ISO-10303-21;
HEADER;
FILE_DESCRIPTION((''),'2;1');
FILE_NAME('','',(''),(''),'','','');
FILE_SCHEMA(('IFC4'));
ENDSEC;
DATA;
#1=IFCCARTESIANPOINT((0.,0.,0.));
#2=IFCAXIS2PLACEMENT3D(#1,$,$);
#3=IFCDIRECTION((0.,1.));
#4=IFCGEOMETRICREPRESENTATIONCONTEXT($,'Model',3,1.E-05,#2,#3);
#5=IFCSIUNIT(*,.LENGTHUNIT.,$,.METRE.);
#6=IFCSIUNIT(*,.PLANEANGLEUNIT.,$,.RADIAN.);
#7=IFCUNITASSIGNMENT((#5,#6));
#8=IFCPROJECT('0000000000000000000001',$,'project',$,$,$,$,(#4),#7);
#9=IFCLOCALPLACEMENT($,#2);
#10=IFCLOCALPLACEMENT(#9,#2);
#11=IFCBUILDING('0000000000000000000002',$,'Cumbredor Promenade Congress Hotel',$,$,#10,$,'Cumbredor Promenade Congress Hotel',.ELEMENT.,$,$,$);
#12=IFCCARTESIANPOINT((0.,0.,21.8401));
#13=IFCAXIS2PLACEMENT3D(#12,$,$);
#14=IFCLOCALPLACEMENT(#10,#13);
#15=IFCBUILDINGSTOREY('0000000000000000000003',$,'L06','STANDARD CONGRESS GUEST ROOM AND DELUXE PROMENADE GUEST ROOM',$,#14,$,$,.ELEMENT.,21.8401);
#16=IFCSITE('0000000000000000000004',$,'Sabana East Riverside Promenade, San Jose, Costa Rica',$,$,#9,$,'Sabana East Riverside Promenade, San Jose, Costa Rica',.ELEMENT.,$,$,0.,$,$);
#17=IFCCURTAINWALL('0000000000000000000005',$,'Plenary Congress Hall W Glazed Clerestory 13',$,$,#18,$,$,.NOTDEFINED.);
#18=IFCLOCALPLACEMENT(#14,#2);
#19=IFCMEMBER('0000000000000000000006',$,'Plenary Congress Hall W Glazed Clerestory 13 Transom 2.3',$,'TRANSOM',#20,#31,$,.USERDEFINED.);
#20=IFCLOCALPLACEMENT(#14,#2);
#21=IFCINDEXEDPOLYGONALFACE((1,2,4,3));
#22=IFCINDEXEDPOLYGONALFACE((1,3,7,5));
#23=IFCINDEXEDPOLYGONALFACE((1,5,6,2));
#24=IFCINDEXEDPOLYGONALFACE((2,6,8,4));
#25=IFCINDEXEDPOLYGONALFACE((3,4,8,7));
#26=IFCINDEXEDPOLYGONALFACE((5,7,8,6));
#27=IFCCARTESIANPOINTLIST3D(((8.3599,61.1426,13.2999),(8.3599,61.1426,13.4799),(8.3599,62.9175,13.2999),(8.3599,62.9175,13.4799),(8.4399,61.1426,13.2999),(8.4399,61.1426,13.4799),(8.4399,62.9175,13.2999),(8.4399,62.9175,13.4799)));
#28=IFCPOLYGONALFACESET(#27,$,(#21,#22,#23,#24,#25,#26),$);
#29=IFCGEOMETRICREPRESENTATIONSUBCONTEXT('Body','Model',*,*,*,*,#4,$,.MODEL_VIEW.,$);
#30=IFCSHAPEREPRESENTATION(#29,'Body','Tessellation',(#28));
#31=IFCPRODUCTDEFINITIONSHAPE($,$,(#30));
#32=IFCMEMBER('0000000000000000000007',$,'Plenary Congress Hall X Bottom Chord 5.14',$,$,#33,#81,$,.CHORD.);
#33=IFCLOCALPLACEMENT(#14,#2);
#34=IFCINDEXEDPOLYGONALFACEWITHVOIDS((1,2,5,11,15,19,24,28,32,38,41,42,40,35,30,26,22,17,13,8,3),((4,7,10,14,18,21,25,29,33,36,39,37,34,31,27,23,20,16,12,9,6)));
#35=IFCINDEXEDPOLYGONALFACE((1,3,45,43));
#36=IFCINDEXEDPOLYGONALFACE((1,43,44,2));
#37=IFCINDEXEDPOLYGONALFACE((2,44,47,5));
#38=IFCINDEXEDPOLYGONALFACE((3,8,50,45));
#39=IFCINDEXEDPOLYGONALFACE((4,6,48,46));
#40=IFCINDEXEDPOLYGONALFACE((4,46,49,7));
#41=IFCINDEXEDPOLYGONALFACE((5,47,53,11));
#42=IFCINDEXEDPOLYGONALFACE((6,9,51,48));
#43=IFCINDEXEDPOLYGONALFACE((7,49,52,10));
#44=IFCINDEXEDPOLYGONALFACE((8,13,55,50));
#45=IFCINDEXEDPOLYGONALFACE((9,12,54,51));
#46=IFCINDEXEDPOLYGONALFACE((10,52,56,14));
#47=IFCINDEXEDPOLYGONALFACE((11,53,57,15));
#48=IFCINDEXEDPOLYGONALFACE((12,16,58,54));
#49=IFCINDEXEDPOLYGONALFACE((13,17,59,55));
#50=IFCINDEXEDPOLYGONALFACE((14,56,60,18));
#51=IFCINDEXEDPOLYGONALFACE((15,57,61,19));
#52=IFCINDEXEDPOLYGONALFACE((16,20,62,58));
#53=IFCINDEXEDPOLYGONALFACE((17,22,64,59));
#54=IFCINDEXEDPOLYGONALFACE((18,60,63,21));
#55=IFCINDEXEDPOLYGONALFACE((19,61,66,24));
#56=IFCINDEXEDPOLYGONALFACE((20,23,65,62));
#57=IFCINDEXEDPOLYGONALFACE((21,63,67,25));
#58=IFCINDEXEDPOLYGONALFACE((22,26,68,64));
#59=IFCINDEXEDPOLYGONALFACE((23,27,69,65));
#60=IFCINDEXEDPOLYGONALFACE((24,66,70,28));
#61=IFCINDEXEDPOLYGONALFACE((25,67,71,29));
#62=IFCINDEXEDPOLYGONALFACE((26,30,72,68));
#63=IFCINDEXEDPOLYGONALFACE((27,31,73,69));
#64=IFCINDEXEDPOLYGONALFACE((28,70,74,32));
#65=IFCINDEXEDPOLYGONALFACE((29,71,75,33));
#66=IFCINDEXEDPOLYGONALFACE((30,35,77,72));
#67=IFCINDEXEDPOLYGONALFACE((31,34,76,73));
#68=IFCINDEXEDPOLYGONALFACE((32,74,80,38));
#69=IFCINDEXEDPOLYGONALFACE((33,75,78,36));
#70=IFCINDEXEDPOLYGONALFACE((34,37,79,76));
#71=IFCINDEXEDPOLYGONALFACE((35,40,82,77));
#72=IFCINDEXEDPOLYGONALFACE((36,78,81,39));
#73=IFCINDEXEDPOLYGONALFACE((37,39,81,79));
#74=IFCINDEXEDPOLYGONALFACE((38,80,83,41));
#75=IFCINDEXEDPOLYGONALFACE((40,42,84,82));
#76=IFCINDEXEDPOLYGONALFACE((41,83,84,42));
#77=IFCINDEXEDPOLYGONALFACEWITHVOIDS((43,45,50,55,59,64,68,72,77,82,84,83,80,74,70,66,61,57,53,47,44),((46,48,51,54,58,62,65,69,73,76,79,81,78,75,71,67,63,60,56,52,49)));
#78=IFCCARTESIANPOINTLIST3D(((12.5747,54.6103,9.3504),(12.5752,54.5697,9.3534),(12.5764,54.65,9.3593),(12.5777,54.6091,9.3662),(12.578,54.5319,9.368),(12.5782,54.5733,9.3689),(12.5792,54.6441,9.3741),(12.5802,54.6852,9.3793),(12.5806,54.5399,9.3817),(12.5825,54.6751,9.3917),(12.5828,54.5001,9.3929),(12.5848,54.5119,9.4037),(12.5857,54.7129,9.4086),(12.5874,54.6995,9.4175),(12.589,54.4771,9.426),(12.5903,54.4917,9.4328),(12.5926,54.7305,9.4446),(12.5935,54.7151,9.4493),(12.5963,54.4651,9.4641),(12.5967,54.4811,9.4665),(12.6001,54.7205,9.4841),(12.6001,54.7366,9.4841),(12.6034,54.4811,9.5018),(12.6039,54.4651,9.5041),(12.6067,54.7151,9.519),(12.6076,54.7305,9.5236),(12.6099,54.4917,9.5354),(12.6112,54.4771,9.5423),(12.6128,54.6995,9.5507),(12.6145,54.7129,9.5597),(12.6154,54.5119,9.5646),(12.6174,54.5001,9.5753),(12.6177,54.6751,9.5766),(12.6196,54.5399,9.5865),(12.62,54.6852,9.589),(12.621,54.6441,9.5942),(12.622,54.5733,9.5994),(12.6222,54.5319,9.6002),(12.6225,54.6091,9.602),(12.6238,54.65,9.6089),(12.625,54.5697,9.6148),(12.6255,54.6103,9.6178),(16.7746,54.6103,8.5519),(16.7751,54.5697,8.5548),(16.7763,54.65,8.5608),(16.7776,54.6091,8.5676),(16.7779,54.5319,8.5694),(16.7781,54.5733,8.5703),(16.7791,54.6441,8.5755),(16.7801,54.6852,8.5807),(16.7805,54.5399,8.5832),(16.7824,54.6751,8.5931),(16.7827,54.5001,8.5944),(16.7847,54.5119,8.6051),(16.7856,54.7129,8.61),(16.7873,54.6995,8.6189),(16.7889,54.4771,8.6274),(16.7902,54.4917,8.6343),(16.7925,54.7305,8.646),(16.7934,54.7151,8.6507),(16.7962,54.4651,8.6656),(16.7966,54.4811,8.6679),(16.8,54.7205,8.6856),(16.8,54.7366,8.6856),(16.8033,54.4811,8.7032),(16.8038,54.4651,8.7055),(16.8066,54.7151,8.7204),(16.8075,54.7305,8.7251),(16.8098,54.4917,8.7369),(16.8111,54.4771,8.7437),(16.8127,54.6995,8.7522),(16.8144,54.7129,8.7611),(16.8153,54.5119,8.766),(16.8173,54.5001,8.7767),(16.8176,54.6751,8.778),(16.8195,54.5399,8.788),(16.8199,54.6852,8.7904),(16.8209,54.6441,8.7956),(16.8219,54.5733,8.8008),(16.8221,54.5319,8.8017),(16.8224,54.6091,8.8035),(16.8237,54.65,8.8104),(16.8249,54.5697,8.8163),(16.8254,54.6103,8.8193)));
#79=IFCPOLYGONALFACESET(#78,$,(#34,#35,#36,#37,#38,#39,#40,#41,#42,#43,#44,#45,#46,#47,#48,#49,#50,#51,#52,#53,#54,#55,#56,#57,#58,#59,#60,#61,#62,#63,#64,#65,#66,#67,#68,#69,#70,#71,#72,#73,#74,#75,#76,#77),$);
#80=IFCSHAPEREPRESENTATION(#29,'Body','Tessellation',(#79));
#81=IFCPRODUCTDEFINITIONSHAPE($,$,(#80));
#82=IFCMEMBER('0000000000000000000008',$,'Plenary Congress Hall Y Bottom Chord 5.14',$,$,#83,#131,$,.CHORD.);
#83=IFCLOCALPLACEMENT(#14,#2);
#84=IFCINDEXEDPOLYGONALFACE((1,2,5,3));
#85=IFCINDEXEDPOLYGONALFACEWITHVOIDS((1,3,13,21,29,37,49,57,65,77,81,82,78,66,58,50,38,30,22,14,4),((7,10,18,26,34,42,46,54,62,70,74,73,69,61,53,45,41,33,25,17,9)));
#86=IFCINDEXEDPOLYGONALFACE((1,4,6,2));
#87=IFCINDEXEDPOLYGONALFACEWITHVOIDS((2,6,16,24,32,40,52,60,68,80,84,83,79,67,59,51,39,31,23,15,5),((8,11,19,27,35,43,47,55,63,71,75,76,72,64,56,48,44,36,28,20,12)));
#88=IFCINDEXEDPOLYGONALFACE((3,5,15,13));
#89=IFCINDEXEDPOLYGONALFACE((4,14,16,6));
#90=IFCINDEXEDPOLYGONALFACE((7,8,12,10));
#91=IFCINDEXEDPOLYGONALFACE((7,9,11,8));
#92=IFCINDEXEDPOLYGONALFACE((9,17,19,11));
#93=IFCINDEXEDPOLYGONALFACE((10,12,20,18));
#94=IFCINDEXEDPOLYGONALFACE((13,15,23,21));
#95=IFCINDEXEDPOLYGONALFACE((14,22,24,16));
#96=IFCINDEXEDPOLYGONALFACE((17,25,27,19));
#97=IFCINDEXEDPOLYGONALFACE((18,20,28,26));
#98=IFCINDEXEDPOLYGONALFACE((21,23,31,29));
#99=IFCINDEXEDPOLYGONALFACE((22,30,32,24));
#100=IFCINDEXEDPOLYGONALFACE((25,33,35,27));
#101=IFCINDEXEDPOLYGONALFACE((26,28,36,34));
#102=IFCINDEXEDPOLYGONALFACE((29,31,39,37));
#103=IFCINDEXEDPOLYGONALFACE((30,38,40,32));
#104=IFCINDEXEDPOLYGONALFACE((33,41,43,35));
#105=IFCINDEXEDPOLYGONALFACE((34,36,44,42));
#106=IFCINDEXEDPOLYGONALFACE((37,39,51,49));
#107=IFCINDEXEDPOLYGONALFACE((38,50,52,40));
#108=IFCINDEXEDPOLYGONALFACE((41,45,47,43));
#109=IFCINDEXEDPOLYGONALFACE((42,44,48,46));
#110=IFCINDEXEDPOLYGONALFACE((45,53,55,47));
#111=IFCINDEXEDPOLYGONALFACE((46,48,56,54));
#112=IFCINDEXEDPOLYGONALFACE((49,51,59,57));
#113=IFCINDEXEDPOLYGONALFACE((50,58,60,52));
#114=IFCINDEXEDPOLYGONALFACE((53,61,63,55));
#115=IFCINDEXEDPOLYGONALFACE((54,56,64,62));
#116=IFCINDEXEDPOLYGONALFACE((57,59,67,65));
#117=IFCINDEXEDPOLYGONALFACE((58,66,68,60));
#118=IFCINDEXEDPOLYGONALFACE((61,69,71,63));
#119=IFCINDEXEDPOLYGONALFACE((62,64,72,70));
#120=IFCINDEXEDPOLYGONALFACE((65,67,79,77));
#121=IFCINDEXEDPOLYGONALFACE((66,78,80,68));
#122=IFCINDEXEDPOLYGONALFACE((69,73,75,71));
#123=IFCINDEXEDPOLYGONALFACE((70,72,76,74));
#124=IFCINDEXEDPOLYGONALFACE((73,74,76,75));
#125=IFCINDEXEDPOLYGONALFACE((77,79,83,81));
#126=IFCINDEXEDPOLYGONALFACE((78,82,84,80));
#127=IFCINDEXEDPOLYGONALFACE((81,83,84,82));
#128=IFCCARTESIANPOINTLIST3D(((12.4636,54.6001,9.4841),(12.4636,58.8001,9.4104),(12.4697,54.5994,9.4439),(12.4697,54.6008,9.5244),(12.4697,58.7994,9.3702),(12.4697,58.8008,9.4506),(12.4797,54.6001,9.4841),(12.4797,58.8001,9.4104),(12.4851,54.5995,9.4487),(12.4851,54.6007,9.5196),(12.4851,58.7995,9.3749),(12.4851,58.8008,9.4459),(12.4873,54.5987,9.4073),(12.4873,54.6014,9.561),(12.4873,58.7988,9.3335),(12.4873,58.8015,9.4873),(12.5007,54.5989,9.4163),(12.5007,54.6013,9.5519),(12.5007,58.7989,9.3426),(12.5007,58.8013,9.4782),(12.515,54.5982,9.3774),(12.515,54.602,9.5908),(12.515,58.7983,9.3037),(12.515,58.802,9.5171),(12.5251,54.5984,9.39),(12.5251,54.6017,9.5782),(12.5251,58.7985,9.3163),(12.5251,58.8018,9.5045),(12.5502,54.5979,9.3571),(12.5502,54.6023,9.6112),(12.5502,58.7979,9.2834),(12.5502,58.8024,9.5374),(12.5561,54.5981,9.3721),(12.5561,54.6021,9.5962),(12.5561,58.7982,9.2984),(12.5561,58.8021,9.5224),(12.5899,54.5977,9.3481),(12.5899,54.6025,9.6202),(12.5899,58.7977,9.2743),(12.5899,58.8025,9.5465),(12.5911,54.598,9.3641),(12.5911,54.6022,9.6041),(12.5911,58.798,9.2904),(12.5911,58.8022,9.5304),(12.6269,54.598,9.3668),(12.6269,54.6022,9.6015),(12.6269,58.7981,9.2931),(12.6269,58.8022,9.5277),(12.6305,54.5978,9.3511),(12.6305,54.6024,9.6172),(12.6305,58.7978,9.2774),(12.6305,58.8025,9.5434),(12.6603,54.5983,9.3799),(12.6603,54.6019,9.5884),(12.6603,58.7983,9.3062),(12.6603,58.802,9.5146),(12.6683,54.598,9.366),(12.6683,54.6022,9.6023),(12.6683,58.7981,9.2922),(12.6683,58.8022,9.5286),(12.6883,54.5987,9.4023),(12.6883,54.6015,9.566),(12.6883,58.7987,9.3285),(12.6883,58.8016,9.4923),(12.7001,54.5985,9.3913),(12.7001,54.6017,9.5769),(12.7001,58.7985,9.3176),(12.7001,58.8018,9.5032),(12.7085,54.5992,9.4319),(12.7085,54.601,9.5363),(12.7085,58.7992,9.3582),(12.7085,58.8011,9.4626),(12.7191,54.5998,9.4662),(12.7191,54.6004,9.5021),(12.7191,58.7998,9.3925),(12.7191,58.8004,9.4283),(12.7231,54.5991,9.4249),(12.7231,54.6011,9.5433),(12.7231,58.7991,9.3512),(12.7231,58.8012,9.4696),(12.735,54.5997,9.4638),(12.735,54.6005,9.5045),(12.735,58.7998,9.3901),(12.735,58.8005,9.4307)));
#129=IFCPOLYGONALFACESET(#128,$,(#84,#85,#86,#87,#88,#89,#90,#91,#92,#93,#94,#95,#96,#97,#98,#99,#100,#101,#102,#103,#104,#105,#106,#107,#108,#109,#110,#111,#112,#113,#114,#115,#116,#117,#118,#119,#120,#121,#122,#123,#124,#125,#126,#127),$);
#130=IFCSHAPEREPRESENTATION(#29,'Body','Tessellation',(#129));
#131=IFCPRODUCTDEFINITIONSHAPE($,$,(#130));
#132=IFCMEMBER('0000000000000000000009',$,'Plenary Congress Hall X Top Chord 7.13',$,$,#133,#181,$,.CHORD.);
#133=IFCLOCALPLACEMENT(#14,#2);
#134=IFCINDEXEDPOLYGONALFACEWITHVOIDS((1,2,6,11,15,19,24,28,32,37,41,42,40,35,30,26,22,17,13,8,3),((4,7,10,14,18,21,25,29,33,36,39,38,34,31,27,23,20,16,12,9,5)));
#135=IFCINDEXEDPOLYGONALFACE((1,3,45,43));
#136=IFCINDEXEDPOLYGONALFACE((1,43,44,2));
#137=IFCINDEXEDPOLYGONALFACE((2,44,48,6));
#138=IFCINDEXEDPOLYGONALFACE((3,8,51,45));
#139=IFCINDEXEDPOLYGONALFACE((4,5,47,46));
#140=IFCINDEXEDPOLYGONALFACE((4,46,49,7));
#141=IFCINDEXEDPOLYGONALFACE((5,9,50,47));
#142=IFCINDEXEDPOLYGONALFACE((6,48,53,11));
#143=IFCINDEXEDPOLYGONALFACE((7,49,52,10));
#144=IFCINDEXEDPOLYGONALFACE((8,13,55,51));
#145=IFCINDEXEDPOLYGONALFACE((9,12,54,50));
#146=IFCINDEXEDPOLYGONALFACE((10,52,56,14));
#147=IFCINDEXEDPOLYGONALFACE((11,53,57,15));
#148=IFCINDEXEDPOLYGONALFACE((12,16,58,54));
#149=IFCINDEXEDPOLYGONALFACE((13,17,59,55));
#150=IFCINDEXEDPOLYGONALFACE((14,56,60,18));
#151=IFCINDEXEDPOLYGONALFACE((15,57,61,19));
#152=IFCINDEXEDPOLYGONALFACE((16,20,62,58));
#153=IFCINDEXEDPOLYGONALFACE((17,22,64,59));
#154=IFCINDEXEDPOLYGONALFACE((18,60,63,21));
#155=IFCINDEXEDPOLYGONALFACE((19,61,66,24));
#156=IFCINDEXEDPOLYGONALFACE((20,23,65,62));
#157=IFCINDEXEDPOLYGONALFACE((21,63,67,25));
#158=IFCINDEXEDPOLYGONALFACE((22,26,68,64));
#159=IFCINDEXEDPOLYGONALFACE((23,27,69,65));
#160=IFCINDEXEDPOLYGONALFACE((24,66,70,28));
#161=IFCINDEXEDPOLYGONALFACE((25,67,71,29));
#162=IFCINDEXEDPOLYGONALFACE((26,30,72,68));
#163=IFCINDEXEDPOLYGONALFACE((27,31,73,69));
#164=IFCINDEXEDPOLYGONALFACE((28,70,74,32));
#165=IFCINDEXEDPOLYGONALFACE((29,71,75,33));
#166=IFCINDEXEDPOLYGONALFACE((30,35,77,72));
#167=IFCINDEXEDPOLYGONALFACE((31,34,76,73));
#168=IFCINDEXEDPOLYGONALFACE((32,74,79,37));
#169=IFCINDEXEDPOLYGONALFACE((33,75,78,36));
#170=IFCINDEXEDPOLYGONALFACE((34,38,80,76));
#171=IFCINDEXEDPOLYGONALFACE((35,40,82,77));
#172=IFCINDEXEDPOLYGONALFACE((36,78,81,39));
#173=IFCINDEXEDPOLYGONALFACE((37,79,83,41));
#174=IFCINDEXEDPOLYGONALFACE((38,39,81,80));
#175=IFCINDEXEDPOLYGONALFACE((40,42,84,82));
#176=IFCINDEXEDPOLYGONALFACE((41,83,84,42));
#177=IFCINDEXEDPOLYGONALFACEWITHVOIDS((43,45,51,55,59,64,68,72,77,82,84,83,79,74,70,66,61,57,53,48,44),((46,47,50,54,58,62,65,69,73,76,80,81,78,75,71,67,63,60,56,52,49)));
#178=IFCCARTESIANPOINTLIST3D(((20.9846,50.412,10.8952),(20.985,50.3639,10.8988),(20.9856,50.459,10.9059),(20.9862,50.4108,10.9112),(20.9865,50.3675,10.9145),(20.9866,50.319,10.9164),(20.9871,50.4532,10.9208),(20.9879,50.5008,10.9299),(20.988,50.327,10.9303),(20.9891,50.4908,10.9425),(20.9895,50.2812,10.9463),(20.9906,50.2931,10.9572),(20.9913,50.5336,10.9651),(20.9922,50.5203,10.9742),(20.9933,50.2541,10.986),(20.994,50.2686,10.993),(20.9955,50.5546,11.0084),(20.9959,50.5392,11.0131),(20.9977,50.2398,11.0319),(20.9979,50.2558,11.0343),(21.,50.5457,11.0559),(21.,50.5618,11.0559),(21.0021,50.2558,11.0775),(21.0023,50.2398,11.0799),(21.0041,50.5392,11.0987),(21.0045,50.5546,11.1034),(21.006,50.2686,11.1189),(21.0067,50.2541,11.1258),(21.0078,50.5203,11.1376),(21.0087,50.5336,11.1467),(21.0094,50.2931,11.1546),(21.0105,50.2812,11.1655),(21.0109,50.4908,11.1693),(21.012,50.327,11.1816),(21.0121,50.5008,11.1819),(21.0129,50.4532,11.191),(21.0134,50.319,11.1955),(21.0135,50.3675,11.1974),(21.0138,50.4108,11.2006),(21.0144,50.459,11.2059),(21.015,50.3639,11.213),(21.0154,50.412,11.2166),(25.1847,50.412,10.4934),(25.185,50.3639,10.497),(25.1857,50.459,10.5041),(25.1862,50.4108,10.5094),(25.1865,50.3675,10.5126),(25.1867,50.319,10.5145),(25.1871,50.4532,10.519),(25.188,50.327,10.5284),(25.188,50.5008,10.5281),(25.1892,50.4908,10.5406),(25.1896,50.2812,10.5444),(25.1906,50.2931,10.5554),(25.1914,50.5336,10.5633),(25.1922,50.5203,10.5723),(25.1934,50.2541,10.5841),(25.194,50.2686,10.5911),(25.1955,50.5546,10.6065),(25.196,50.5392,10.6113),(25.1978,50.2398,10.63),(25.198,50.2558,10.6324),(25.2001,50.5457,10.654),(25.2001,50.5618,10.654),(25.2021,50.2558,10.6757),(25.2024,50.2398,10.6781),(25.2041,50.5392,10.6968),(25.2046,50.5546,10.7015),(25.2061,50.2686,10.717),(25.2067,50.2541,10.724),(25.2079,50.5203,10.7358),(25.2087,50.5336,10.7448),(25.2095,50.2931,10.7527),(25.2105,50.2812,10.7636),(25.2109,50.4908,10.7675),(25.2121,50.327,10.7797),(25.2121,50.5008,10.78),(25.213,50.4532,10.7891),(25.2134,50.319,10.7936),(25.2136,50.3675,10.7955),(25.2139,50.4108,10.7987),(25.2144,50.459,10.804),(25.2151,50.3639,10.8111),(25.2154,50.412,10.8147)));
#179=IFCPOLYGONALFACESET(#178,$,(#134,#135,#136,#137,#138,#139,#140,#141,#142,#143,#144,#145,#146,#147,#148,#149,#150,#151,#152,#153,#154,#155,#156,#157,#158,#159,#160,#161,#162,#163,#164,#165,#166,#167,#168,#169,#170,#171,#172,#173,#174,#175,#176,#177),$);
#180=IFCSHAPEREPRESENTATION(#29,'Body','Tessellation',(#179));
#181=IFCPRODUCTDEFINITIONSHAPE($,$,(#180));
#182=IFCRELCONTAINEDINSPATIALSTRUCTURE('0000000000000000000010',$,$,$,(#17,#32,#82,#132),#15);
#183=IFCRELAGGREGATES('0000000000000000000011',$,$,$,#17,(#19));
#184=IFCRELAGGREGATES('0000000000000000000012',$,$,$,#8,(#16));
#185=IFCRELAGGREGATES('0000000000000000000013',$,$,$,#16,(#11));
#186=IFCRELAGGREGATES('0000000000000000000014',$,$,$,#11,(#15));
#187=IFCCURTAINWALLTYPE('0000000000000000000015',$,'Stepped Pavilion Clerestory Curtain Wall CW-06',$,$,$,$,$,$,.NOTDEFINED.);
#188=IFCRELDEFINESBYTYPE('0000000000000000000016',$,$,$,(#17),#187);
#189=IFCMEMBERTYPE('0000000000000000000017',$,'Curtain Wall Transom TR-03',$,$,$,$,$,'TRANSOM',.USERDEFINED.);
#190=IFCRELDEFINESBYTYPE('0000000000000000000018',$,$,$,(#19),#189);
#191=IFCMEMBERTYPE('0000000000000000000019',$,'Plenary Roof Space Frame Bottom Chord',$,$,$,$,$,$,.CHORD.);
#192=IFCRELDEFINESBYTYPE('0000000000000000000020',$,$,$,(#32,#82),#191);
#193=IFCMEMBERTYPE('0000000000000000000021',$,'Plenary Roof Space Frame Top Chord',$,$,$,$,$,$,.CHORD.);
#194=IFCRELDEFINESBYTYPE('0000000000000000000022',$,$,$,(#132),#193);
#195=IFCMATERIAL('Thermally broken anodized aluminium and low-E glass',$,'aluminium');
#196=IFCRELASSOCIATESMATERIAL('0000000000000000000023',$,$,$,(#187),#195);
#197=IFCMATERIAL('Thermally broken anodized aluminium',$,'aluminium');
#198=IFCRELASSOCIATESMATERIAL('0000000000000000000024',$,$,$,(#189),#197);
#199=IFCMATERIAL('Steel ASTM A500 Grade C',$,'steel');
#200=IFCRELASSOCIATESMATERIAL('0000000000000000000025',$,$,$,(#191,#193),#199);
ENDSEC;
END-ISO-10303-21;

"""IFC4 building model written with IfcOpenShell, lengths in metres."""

from ifc_helpers import new_model, si_unit, direction, frame, origin, origin_2d, place, context, subcontext, project, spatial, rectangle, hollow_circle, extrude, material, material_profile, profile_set, type_object, element, aggregate, save


model = new_model("IFC4")

# Units and contexts
model_context = context("Model", 3, precision=1e-05, world=origin(), true_north=direction((0.0, 1.0)))
body_context = subcontext(model_context, "Body", "Model", "MODEL_VIEW")
ifc_project = project(units=[si_unit("LENGTHUNIT", "METRE"), si_unit("PLANEANGLEUNIT", "RADIAN")], contexts=[model_context])

# Site, building, storey
site_placement = place(None, origin())
site = spatial("IfcSite", under=ifc_project, at=site_placement, Name="Sabana East Riverside Promenade, San Jose, Costa Rica", LongName="Sabana East Riverside Promenade, San Jose, Costa Rica", CompositionType="ELEMENT", RefElevation=0.0)
building_placement = place(site_placement, origin())
building = spatial("IfcBuilding", under=site, at=building_placement, Name="Cumbredor Promenade Congress Hotel", LongName="Cumbredor Promenade Congress Hotel", CompositionType="ELEMENT")
storey_placement = place(building_placement, frame((0.0, 0.0, 21.8401)))
storey = spatial("IfcBuildingStorey", under=building, at=storey_placement, Name="L06", Description="STANDARD CONGRESS GUEST ROOM AND DELUXE PROMENADE GUEST ROOM", CompositionType="ELEMENT", Elevation=21.8401)

# Curtain wall, member
ifc_material_1 = material(Name="Thermally broken anodized aluminium and low-E glass", Category="aluminium")
curtain_wall_type = type_object("IfcCurtainWallType", Name="Stepped Pavilion Clerestory Curtain Wall CW-06", PredefinedType="NOTDEFINED", material=ifc_material_1)
curtain_wall_placement = place(storey_placement, origin())
curtain_wall = element("IfcCurtainWall", 1, at=curtain_wall_placement, inside=storey, type_object=curtain_wall_type, Name="Plenary Congress Hall W Glazed Clerestory 13", PredefinedType="NOTDEFINED")
ifc_material_2 = material(Name="Thermally broken anodized aluminium", Category="aluminium")
ifc_material_profile_1 = material_profile(ifc_material_2, rectangle(XDim=0.0801, YDim=0.1799, at=origin_2d()), Name="ALU TRANSOM 80x180")
ifc_profile_set_1 = profile_set([ifc_material_profile_1], Name="Thermally broken anodized aluminium")
member_type_1 = type_object("IfcMemberType", Name="Curtain Wall Transom TR-03", ElementType="TRANSOM", PredefinedType="USERDEFINED", material=ifc_profile_set_1)
member_1_placement = place(storey_placement, frame((8.3999, 61.1426, 13.3899), z_axis=(0.0, 1.0, 0.0), x_axis=(-1.0, 0.0, 0.0)))
member_1 = element("IfcMember", 2, at=member_1_placement, type_object=member_type_1, Name="Plenary Congress Hall W Glazed Clerestory 13 Transom 2.3", ObjectType="TRANSOM", PredefinedType="USERDEFINED", context=body_context, shape_type="SweptSolid", body=[
    extrude(rectangle(XDim=0.0801, YDim=0.1799, at=origin_2d()), origin(), (0.0, 0.0, 1.0), 1.7749),
])
aggregate(curtain_wall, [member_1])

# Members
ifc_material_3 = material(Name="Steel ASTM A500 Grade C", Category="steel")
ifc_material_profile_2 = material_profile(ifc_material_3, hollow_circle(Radius=0.1365, WallThickness=0.0161, at=origin_2d()), Name="CHS 273.0x16")
ifc_profile_set_2 = profile_set([ifc_material_profile_2], Name="Steel ASTM A500 Grade C")
member_type_2 = type_object("IfcMemberType", Name="Plenary Roof Space Frame Bottom Chord", PredefinedType="CHORD", material=ifc_profile_set_2)
member_2_placement = place(storey_placement, frame((12.6001, 54.6001, 9.4841), z_axis=(0.982399, 0.0, -0.186795), x_axis=(0.0, 1.0, 0.0)))
element("IfcMember", 3, at=member_2_placement, inside=storey, type_object=member_type_2, Name="Plenary Congress Hall X Bottom Chord 5.14", PredefinedType="CHORD", context=body_context, shape_type="SweptSolid", body=[
    extrude(hollow_circle(Radius=0.1365, WallThickness=0.0161, at=origin_2d()), origin(), (0.0, 0.0, 1.0), 4.2751),
])
member_3_placement = place(storey_placement, frame((12.6001, 54.6001, 9.4841), z_axis=(0.0, 0.999846, -0.017552), x_axis=(-1.0, 0.0, 0.0)))
element("IfcMember", 4, at=member_3_placement, inside=storey, type_object=member_type_2, Name="Plenary Congress Hall Y Bottom Chord 5.14", PredefinedType="CHORD", context=body_context, shape_type="SweptSolid", body=[
    extrude(hollow_circle(Radius=0.1365, WallThickness=0.0161, at=origin_2d()), origin(), (0.0, 0.0, 1.0), 4.2007),
])
ifc_material_profile_3 = material_profile(ifc_material_3, hollow_circle(Radius=0.1619, WallThickness=0.0161, at=origin_2d()), Name="CHS 323.9x16")
ifc_profile_set_3 = profile_set([ifc_material_profile_3], Name="Steel ASTM A500 Grade C")
member_type_3 = type_object("IfcMemberType", Name="Plenary Roof Space Frame Top Chord", PredefinedType="CHORD", material=ifc_profile_set_3)
member_4_placement = place(storey_placement, frame((21.0, 50.3999, 11.0559), z_axis=(0.995454, 0.0, -0.095246), x_axis=(0.0, 1.0, 0.0)))
element("IfcMember", 5, at=member_4_placement, inside=storey, type_object=member_type_3, Name="Plenary Congress Hall X Top Chord 7.13", PredefinedType="CHORD", context=body_context, shape_type="SweptSolid", body=[
    extrude(hollow_circle(Radius=0.1619, WallThickness=0.0161, at=origin_2d()), origin(), (0.0, 0.0, 1.0), 4.2192),
])

save(model, "model.ifc")
